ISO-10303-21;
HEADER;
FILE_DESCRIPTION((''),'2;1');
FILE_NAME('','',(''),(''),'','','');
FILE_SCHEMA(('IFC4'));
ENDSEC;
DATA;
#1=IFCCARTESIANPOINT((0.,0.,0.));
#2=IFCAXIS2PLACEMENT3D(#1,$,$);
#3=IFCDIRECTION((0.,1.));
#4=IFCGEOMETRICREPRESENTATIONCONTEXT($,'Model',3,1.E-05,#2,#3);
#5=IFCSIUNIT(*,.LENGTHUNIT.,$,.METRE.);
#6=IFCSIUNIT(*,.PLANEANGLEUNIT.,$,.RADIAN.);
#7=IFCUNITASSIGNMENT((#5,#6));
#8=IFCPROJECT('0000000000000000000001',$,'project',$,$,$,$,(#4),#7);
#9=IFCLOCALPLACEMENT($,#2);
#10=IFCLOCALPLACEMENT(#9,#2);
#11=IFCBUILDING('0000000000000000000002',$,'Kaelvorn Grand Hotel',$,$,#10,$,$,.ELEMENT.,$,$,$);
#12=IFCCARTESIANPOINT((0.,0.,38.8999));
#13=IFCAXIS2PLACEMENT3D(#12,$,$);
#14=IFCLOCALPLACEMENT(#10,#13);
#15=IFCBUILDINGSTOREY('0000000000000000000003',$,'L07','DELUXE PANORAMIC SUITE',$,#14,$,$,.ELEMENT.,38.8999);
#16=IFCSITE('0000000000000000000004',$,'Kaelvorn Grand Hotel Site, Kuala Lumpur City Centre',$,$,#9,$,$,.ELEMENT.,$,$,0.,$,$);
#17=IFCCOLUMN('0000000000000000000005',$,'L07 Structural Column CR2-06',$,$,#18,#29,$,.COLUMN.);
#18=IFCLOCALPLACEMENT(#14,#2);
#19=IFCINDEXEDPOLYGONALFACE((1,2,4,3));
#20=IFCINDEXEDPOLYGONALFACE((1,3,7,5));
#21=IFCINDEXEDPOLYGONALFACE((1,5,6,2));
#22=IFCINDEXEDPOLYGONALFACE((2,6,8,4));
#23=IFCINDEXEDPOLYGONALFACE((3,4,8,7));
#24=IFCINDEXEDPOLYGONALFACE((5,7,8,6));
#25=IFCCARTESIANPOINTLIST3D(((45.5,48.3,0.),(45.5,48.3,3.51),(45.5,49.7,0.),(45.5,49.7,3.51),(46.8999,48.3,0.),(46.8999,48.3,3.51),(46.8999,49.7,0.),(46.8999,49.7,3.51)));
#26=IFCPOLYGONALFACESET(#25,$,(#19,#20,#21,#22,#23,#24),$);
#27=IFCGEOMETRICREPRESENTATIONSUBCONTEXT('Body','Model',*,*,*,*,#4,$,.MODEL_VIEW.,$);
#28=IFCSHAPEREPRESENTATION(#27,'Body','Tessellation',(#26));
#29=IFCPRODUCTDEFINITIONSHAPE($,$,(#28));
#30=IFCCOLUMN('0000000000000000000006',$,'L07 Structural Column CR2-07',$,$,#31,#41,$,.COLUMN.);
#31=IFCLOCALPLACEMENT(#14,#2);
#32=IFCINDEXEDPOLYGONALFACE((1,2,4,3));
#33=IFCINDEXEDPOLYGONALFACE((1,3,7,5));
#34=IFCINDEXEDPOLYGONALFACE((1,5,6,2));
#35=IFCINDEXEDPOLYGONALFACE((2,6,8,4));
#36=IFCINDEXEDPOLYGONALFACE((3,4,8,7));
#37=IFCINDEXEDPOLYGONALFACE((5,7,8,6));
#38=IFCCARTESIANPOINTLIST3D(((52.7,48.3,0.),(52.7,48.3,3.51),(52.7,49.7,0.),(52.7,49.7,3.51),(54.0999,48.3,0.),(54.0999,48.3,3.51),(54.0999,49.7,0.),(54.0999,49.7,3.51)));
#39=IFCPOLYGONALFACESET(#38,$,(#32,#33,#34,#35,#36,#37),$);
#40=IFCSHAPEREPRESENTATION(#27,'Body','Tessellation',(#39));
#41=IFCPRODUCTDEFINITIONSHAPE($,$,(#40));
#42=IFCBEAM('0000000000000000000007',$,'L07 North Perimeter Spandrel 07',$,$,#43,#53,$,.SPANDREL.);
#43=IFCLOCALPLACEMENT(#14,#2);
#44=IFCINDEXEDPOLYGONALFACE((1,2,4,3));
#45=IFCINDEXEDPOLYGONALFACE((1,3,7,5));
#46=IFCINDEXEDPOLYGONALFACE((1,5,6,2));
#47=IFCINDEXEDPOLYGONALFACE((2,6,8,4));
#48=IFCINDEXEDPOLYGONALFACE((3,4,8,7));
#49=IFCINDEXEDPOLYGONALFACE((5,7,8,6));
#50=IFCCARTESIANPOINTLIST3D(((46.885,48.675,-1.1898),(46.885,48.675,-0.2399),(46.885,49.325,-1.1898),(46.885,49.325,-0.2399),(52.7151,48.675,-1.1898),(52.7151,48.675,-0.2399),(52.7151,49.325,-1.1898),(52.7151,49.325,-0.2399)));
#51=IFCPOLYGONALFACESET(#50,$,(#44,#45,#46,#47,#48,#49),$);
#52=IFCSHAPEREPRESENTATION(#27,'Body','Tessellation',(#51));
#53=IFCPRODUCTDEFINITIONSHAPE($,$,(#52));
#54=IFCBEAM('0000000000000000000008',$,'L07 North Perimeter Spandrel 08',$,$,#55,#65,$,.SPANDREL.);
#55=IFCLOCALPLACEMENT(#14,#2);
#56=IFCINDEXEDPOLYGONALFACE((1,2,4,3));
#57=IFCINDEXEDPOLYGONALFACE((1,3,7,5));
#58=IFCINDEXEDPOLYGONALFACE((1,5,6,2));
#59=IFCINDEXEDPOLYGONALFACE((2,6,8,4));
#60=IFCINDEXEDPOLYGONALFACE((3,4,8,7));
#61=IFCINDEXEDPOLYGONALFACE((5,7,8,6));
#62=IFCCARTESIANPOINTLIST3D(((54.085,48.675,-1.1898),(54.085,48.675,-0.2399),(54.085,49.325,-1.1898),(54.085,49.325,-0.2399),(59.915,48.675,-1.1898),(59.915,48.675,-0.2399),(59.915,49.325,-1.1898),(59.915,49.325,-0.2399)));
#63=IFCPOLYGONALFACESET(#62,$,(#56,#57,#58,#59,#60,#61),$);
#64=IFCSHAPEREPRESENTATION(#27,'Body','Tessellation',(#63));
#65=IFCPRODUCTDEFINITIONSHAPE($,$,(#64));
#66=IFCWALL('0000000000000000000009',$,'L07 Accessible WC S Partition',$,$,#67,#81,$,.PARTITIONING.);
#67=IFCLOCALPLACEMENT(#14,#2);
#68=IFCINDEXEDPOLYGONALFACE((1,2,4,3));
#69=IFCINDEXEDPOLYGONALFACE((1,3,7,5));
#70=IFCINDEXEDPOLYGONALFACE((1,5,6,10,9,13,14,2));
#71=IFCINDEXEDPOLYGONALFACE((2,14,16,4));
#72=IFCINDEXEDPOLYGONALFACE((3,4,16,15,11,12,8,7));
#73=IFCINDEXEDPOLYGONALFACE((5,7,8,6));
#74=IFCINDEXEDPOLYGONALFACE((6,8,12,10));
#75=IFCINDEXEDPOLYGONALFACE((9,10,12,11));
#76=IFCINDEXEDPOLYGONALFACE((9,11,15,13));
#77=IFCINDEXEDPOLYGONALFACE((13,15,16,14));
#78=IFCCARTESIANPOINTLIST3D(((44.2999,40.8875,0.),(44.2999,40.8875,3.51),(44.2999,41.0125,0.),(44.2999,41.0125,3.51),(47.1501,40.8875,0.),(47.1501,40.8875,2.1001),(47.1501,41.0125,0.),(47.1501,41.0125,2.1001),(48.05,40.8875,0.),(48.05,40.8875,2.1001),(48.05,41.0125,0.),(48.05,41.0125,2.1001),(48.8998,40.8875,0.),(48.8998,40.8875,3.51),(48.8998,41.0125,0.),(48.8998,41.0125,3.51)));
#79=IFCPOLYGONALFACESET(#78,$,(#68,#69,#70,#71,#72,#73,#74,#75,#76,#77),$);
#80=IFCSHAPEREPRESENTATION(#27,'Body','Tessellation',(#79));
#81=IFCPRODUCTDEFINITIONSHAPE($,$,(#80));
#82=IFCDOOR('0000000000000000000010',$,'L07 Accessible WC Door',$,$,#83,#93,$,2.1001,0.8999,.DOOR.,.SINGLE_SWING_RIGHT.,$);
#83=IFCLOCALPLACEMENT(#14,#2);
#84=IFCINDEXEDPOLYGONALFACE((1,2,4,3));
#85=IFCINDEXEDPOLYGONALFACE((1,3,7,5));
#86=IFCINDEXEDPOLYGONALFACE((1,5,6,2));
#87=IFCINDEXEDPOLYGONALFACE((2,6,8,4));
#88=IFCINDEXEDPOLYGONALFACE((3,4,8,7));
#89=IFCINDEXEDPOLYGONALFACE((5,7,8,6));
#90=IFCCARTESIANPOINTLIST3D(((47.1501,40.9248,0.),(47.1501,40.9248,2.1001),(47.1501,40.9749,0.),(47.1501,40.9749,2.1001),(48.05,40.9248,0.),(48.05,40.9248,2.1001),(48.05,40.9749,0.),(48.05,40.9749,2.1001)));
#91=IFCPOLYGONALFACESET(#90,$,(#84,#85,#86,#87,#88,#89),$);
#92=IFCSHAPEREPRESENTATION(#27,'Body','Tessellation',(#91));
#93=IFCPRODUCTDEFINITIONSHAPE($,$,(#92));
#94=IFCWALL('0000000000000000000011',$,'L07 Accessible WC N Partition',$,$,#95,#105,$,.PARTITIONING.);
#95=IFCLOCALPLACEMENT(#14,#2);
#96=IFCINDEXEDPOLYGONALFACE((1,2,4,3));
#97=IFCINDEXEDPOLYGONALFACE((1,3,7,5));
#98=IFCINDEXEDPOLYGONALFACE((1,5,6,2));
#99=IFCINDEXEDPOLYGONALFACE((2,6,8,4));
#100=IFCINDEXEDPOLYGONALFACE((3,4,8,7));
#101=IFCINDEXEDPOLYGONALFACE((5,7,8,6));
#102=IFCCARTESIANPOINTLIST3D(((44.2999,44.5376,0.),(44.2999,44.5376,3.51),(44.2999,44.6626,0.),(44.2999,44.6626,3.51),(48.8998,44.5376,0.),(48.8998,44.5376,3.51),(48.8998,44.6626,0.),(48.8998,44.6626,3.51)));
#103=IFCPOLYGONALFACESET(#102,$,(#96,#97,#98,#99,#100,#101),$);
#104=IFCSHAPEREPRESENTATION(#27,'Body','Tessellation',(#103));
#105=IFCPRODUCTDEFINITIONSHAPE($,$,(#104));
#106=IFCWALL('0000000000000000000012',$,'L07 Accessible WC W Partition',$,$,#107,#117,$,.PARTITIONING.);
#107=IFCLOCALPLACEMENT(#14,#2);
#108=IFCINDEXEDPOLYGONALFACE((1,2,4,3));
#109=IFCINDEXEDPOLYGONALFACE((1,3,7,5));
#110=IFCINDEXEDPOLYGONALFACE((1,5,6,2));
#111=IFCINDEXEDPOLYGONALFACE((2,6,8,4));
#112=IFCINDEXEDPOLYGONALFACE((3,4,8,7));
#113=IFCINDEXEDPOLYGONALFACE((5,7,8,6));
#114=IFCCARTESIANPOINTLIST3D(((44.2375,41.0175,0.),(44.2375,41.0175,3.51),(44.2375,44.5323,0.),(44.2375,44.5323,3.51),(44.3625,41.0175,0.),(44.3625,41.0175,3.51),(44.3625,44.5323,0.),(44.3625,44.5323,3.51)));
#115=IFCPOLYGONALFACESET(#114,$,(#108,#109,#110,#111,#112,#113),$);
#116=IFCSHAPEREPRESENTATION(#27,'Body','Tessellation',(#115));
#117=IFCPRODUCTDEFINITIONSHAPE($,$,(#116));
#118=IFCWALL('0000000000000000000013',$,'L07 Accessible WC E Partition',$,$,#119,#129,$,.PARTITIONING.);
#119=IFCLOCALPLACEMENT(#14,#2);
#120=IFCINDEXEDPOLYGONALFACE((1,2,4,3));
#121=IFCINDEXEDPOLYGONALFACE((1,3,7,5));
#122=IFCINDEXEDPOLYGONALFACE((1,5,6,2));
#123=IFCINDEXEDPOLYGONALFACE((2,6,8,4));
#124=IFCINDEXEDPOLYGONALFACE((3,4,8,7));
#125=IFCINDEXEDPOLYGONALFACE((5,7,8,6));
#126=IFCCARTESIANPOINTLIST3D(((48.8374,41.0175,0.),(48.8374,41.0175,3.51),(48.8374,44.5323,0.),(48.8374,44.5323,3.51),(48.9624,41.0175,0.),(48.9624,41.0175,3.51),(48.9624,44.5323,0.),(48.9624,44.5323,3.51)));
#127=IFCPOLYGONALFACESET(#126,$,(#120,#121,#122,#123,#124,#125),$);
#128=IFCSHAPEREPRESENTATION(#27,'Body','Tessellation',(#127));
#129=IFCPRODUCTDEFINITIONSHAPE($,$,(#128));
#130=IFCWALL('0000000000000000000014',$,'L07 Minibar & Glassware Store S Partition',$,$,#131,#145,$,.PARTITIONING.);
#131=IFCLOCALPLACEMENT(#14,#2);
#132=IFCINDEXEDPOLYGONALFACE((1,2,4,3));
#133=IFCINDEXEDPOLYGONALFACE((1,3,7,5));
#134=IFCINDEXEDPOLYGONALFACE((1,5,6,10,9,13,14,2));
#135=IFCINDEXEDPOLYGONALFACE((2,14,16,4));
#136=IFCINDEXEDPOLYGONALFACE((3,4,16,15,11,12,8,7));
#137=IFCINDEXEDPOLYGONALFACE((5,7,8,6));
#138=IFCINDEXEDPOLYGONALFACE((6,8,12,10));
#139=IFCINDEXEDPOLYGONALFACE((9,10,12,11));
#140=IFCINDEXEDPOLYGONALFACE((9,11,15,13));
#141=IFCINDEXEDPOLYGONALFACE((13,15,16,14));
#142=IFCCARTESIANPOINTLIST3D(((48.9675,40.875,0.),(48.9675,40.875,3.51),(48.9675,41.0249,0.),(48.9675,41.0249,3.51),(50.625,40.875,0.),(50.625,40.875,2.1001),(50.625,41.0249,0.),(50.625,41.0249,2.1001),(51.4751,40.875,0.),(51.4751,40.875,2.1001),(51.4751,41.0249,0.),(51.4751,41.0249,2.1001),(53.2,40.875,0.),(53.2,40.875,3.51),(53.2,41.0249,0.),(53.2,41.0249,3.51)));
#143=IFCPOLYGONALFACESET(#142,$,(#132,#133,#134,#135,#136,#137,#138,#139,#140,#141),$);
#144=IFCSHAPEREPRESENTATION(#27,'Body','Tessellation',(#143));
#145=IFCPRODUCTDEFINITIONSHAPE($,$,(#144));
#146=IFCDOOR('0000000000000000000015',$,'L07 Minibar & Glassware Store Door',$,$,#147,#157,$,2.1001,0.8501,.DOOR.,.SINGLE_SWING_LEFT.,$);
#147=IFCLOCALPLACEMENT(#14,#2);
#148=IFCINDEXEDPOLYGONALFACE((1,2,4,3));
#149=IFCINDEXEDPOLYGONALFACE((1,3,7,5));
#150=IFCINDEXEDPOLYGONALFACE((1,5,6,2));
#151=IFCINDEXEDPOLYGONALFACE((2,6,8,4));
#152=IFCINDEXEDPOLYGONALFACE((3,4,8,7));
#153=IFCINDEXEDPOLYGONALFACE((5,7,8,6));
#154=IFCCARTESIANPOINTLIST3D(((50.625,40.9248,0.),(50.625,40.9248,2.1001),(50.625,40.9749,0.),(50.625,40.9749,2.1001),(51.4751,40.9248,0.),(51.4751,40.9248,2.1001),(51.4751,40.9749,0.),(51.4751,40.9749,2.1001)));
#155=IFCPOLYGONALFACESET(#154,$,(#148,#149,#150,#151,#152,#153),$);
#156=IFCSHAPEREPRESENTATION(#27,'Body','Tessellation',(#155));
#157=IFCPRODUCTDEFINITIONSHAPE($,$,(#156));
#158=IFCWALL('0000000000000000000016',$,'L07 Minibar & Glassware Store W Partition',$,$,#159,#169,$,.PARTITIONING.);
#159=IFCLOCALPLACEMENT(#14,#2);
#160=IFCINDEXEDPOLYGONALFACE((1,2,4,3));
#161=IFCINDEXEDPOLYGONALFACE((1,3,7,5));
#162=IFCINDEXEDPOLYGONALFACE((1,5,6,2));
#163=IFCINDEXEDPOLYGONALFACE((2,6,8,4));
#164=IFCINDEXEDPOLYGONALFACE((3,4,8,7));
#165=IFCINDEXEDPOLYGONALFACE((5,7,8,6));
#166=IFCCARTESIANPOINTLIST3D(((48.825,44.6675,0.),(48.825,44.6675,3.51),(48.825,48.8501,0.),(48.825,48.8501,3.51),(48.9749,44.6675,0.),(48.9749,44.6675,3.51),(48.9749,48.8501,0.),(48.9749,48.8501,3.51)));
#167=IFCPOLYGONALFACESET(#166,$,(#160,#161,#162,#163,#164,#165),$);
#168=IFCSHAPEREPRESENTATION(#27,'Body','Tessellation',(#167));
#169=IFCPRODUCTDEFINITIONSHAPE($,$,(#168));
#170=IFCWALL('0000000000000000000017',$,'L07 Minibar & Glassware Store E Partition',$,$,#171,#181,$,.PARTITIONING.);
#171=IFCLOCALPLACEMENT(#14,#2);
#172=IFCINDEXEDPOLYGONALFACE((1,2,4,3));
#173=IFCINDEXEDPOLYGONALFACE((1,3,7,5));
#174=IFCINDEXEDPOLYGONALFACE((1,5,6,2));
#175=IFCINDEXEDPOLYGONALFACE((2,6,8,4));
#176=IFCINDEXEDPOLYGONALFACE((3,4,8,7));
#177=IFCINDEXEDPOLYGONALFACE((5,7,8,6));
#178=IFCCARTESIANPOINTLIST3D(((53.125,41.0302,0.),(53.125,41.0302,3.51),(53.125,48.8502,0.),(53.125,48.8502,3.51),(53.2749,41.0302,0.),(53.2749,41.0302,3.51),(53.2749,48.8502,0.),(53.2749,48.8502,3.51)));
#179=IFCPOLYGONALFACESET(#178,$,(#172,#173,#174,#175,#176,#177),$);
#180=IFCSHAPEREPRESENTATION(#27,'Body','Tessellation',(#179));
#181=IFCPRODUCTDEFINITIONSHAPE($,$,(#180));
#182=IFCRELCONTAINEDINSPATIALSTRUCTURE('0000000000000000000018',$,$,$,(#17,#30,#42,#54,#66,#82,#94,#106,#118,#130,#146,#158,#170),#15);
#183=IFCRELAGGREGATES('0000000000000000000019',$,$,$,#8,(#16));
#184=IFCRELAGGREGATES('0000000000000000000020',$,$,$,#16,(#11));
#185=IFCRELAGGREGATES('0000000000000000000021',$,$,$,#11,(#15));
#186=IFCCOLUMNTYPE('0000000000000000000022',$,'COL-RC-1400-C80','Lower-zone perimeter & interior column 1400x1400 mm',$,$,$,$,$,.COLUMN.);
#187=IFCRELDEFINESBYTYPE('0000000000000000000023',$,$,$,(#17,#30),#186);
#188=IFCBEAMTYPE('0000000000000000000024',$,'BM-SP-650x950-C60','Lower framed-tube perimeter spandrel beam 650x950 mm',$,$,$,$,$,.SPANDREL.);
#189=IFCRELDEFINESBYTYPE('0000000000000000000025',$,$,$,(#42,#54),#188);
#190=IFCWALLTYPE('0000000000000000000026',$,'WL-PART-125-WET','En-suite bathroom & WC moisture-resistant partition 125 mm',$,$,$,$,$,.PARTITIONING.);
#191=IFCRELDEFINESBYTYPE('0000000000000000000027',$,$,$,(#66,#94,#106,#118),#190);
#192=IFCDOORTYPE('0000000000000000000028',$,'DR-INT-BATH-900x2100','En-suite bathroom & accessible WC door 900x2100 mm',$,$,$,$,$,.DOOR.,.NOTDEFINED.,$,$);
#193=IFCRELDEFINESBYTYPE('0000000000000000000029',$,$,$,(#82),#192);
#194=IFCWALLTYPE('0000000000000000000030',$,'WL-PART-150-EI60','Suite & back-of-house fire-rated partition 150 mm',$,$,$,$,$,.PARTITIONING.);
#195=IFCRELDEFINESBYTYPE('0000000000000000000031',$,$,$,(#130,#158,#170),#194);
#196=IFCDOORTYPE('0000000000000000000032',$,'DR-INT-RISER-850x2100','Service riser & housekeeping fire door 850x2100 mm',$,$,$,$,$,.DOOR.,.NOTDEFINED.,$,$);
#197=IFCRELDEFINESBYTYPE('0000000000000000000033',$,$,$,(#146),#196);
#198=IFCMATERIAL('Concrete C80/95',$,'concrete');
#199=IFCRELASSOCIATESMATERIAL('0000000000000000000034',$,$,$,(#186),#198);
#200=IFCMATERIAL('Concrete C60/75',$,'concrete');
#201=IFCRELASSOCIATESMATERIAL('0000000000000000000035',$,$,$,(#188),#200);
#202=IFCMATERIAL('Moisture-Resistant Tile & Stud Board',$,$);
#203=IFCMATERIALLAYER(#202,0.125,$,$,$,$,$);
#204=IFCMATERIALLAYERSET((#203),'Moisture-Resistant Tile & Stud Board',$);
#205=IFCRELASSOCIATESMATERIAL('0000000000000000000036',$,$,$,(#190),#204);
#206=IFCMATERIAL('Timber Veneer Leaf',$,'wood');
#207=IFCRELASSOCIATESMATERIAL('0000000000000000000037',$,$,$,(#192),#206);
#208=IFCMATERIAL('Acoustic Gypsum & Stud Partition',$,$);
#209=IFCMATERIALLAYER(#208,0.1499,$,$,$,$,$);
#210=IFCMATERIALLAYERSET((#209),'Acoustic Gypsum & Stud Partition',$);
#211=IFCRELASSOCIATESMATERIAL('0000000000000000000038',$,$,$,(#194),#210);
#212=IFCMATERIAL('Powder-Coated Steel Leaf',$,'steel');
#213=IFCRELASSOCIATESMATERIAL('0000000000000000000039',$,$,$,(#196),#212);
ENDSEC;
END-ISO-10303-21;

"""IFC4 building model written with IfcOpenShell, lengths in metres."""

from ifc_helpers import new_model, si_unit, direction, frame, frame_2d, origin, origin_2d, place, context, subcontext, project, spatial, rectangle, extrude, material, layer, layer_set, material_profile, profile_set, type_object, element, fill, save


model = new_model("IFC4")

# Units and contexts
model_context = context("Model", 3, precision=1e-05, world=origin(), true_north=direction((0.0, 1.0)))
body_context = subcontext(model_context, "Body", "Model", "MODEL_VIEW")
ifc_project = project(units=[si_unit("LENGTHUNIT", "METRE"), si_unit("PLANEANGLEUNIT", "RADIAN")], contexts=[model_context])

# Site, building, storey
site_placement = place(None, origin())
site = spatial("IfcSite", under=ifc_project, at=site_placement, Name="Kaelvorn Grand Hotel Site, Kuala Lumpur City Centre", CompositionType="ELEMENT", RefElevation=0.0)
building_placement = place(site_placement, origin())
building = spatial("IfcBuilding", under=site, at=building_placement, Name="Kaelvorn Grand Hotel", CompositionType="ELEMENT")
storey_placement = place(building_placement, frame((0.0, 0.0, 38.8999)))
storey = spatial("IfcBuildingStorey", under=building, at=storey_placement, Name="L07", Description="DELUXE PANORAMIC SUITE", CompositionType="ELEMENT", Elevation=38.8999)

# Columns
ifc_material_1 = material(Name="Concrete C80/95", Category="concrete")
ifc_material_profile_1 = material_profile(ifc_material_1, rectangle(XDim=1.3999, YDim=1.3999, at=origin_2d()), Name="RC COL 1400x1400")
ifc_profile_set_1 = profile_set([ifc_material_profile_1], Name="Concrete C80/95")
column_type = type_object("IfcColumnType", Name="COL-RC-1400-C80", Description="Lower-zone perimeter & interior column 1400x1400 mm", PredefinedType="COLUMN", material=ifc_profile_set_1)
for number, where, z_axis, x_axis, name in (
    (1, (46.2, 49.0, 0.0), (0.0, 0.0, 1.0), (1.0, 0.0, 0.0), "L07 Structural Column CR2-06"),
    (2, (53.3999, 49.0, 0.0), (0.0, 0.0, 1.0), (1.0, 0.0, 0.0), "L07 Structural Column CR2-07"),
):
    element("IfcColumn", number, at=place(storey_placement, frame(where, z_axis=z_axis, x_axis=x_axis)), inside=storey, type_object=column_type, Name=name, PredefinedType="COLUMN", context=body_context, shape_type="SweptSolid", body=[
        extrude(rectangle(XDim=1.3999, YDim=1.3999, at=origin_2d()), origin(), (0.0, 0.0, 1.0), 3.51),
    ])

# Beams
ifc_material_2 = material(Name="Concrete C60/75", Category="concrete")
ifc_material_profile_2 = material_profile(ifc_material_2, rectangle(XDim=0.6499, YDim=0.95, at=origin_2d()), Name="RC SPANDREL 650x950")
ifc_profile_set_2 = profile_set([ifc_material_profile_2], Name="Concrete C60/75")
beam_type = type_object("IfcBeamType", Name="BM-SP-650x950-C60", Description="Lower framed-tube perimeter spandrel beam 650x950 mm", PredefinedType="SPANDREL", material=ifc_profile_set_2)
for number, where, z_axis, x_axis, name in (
    (3, (46.885, 49.0, -0.7148), (1.0, 0.0, 0.0), (0.0, 1.0, 0.0), "L07 North Perimeter Spandrel 07"),
    (4, (54.085, 49.0, -0.7148), (1.0, 0.0, 0.0), (0.0, 1.0, 0.0), "L07 North Perimeter Spandrel 08"),
):
    element("IfcBeam", number, at=place(storey_placement, frame(where, z_axis=z_axis, x_axis=x_axis)), inside=storey, type_object=beam_type, Name=name, PredefinedType="SPANDREL", context=body_context, shape_type="SweptSolid", body=[
        extrude(rectangle(XDim=0.6499, YDim=0.95, at=origin_2d()), origin(), (0.0, 0.0, 1.0), 5.8301),
    ])

# Wall, opening, door
ifc_material_3 = material(Name="Moisture-Resistant Tile & Stud Board")
ifc_layer_1 = layer(ifc_material_3, 0.125)
ifc_layer_set_1 = layer_set([ifc_layer_1], Name="Moisture-Resistant Tile & Stud Board")
wall_type_1 = type_object("IfcWallType", Name="WL-PART-125-WET", Description="En-suite bathroom & WC moisture-resistant partition 125 mm", PredefinedType="PARTITIONING", material=ifc_layer_set_1)
wall_1_placement = place(storey_placement, frame((44.3, 40.95, 0.0), z_axis=(0.0, 0.0, 1.0), x_axis=(1.0, 0.0, 0.0)))
wall_1 = element("IfcWall", 5, at=wall_1_placement, inside=storey, type_object=wall_type_1, Name="L07 Accessible WC S Partition", PredefinedType="PARTITIONING", context=body_context, shape_type="SweptSolid", body=[
    extrude(rectangle(XDim=4.5999, YDim=0.125, at=frame_2d((2.2998, 0.0))), origin(), (0.0, 0.0, 1.0), 3.51),
])
opening_1_placement = place(wall_1_placement, frame((2.8501, 0.0, 0.0)))
opening_1 = element("IfcOpeningElement", 6, at=opening_1_placement, cuts=wall_1, PredefinedType="OPENING", context=body_context, shape_type="SweptSolid", body=[
    extrude(rectangle(XDim=0.8999, YDim=2.1001, at=frame_2d((0.45, 1.05))), frame((0.0, 0.0725, 0.0), z_axis=(0.0, -1.0, 0.0), x_axis=(1.0, 0.0, 0.0)), (0.0, 0.0, 1.0), 0.145),
])
ifc_material_4 = material(Name="Timber Veneer Leaf", Category="wood")
door_type_1 = type_object("IfcDoorType", Name="DR-INT-BATH-900x2100", Description="En-suite bathroom & accessible WC door 900x2100 mm", OperationType="NOTDEFINED", PredefinedType="DOOR", material=ifc_material_4)
door_1_placement = place(opening_1_placement, origin())
door_1 = element("IfcDoor", 7, at=door_1_placement, inside=storey, type_object=door_type_1, Name="L07 Accessible WC Door", OperationType="SINGLE_SWING_RIGHT", OverallHeight=2.1001, OverallWidth=0.8999, PredefinedType="DOOR", context=body_context, shape_type="SweptSolid", body=[
    extrude(rectangle(XDim=0.8999, YDim=2.1001, at=frame_2d((0.45, 1.05))), frame((0.0, 0.0249, 0.0), z_axis=(0.0, -1.0, 0.0), x_axis=(1.0, 0.0, 0.0)), (0.0, 0.0, 1.0), 0.05),
])
fill(opening_1, door_1)

# Walls
wall_2_placement = place(storey_placement, frame((44.3, 44.6001, 0.0), z_axis=(0.0, 0.0, 1.0), x_axis=(1.0, 0.0, 0.0)))
element("IfcWall", 8, at=wall_2_placement, inside=storey, type_object=wall_type_1, Name="L07 Accessible WC N Partition", PredefinedType="PARTITIONING", context=body_context, shape_type="SweptSolid", body=[
    extrude(rectangle(XDim=4.5999, YDim=0.125, at=frame_2d((2.2998, 0.0))), origin(), (0.0, 0.0, 1.0), 3.51),
])
for number, where, z_axis, x_axis, name in (
    (9, (44.3, 41.0176, 0.0), (0.0, 0.0, 1.0), (0.0, 1.0, 0.0), "L07 Accessible WC W Partition"),
    (10, (48.8999, 41.0176, 0.0), (0.0, 0.0, 1.0), (0.0, 1.0, 0.0), "L07 Accessible WC E Partition"),
):
    element("IfcWall", number, at=place(storey_placement, frame(where, z_axis=z_axis, x_axis=x_axis)), inside=storey, type_object=wall_type_1, Name=name, PredefinedType="PARTITIONING", context=body_context, shape_type="SweptSolid", body=[
        extrude(rectangle(XDim=3.5149, YDim=0.125, at=frame_2d((1.7573, 0.0))), origin(), (0.0, 0.0, 1.0), 3.51),
    ])

# Wall, opening, door
ifc_material_5 = material(Name="Acoustic Gypsum & Stud Partition")
ifc_layer_2 = layer(ifc_material_5, 0.1499)
ifc_layer_set_2 = layer_set([ifc_layer_2], Name="Acoustic Gypsum & Stud Partition")
wall_type_2 = type_object("IfcWallType", Name="WL-PART-150-EI60", Description="Suite & back-of-house fire-rated partition 150 mm", PredefinedType="PARTITIONING", material=ifc_layer_set_2)
wall_3_placement = place(storey_placement, frame((48.9675, 40.95, 0.0), z_axis=(0.0, 0.0, 1.0), x_axis=(1.0, 0.0, 0.0)))
wall_3 = element("IfcWall", 11, at=wall_3_placement, inside=storey, type_object=wall_type_2, Name="L07 Minibar & Glassware Store S Partition", PredefinedType="PARTITIONING", context=body_context, shape_type="SweptSolid", body=[
    extrude(rectangle(XDim=4.2324, YDim=0.1499, at=frame_2d((2.1162, 0.0))), origin(), (0.0, 0.0, 1.0), 3.51),
])
opening_2_placement = place(wall_3_placement, frame((1.6575, 0.0, 0.0)))
opening_2 = element("IfcOpeningElement", 12, at=opening_2_placement, cuts=wall_3, PredefinedType="OPENING", context=body_context, shape_type="SweptSolid", body=[
    extrude(rectangle(XDim=0.8501, YDim=2.1001, at=frame_2d((0.425, 1.05))), frame((0.0, 0.085, 0.0), z_axis=(0.0, -1.0, 0.0), x_axis=(1.0, 0.0, 0.0)), (0.0, 0.0, 1.0), 0.1699),
])
ifc_material_6 = material(Name="Powder-Coated Steel Leaf", Category="steel")
door_type_2 = type_object("IfcDoorType", Name="DR-INT-RISER-850x2100", Description="Service riser & housekeeping fire door 850x2100 mm", OperationType="NOTDEFINED", PredefinedType="DOOR", material=ifc_material_6)
door_2_placement = place(opening_2_placement, origin())
door_2 = element("IfcDoor", 13, at=door_2_placement, inside=storey, type_object=door_type_2, Name="L07 Minibar & Glassware Store Door", OperationType="SINGLE_SWING_LEFT", OverallHeight=2.1001, OverallWidth=0.8501, PredefinedType="DOOR", context=body_context, shape_type="SweptSolid", body=[
    extrude(rectangle(XDim=0.8501, YDim=2.1001, at=frame_2d((0.425, 1.05))), frame((0.0, 0.0249, 0.0), z_axis=(0.0, -1.0, 0.0), x_axis=(1.0, 0.0, 0.0)), (0.0, 0.0, 1.0), 0.05),
])
fill(opening_2, door_2)

# Walls
wall_4_placement = place(storey_placement, frame((48.8999, 44.6675, 0.0), z_axis=(0.0, 0.0, 1.0), x_axis=(0.0, 1.0, 0.0)))
element("IfcWall", 14, at=wall_4_placement, inside=storey, type_object=wall_type_2, Name="L07 Minibar & Glassware Store W Partition", PredefinedType="PARTITIONING", context=body_context, shape_type="SweptSolid", body=[
    extrude(rectangle(XDim=4.1826, YDim=0.1499, at=frame_2d((2.0913, 0.0))), origin(), (0.0, 0.0, 1.0), 3.51),
])
wall_5_placement = place(storey_placement, frame((53.2, 41.03, 0.0), z_axis=(0.0, 0.0, 1.0), x_axis=(0.0, 1.0, 0.0)))
element("IfcWall", 15, at=wall_5_placement, inside=storey, type_object=wall_type_2, Name="L07 Minibar & Glassware Store E Partition", PredefinedType="PARTITIONING", context=body_context, shape_type="SweptSolid", body=[
    extrude(rectangle(XDim=7.8201, YDim=0.1499, at=frame_2d((3.9102, 0.0))), origin(), (0.0, 0.0, 1.0), 3.51),
])

save(model, "model.ifc")
